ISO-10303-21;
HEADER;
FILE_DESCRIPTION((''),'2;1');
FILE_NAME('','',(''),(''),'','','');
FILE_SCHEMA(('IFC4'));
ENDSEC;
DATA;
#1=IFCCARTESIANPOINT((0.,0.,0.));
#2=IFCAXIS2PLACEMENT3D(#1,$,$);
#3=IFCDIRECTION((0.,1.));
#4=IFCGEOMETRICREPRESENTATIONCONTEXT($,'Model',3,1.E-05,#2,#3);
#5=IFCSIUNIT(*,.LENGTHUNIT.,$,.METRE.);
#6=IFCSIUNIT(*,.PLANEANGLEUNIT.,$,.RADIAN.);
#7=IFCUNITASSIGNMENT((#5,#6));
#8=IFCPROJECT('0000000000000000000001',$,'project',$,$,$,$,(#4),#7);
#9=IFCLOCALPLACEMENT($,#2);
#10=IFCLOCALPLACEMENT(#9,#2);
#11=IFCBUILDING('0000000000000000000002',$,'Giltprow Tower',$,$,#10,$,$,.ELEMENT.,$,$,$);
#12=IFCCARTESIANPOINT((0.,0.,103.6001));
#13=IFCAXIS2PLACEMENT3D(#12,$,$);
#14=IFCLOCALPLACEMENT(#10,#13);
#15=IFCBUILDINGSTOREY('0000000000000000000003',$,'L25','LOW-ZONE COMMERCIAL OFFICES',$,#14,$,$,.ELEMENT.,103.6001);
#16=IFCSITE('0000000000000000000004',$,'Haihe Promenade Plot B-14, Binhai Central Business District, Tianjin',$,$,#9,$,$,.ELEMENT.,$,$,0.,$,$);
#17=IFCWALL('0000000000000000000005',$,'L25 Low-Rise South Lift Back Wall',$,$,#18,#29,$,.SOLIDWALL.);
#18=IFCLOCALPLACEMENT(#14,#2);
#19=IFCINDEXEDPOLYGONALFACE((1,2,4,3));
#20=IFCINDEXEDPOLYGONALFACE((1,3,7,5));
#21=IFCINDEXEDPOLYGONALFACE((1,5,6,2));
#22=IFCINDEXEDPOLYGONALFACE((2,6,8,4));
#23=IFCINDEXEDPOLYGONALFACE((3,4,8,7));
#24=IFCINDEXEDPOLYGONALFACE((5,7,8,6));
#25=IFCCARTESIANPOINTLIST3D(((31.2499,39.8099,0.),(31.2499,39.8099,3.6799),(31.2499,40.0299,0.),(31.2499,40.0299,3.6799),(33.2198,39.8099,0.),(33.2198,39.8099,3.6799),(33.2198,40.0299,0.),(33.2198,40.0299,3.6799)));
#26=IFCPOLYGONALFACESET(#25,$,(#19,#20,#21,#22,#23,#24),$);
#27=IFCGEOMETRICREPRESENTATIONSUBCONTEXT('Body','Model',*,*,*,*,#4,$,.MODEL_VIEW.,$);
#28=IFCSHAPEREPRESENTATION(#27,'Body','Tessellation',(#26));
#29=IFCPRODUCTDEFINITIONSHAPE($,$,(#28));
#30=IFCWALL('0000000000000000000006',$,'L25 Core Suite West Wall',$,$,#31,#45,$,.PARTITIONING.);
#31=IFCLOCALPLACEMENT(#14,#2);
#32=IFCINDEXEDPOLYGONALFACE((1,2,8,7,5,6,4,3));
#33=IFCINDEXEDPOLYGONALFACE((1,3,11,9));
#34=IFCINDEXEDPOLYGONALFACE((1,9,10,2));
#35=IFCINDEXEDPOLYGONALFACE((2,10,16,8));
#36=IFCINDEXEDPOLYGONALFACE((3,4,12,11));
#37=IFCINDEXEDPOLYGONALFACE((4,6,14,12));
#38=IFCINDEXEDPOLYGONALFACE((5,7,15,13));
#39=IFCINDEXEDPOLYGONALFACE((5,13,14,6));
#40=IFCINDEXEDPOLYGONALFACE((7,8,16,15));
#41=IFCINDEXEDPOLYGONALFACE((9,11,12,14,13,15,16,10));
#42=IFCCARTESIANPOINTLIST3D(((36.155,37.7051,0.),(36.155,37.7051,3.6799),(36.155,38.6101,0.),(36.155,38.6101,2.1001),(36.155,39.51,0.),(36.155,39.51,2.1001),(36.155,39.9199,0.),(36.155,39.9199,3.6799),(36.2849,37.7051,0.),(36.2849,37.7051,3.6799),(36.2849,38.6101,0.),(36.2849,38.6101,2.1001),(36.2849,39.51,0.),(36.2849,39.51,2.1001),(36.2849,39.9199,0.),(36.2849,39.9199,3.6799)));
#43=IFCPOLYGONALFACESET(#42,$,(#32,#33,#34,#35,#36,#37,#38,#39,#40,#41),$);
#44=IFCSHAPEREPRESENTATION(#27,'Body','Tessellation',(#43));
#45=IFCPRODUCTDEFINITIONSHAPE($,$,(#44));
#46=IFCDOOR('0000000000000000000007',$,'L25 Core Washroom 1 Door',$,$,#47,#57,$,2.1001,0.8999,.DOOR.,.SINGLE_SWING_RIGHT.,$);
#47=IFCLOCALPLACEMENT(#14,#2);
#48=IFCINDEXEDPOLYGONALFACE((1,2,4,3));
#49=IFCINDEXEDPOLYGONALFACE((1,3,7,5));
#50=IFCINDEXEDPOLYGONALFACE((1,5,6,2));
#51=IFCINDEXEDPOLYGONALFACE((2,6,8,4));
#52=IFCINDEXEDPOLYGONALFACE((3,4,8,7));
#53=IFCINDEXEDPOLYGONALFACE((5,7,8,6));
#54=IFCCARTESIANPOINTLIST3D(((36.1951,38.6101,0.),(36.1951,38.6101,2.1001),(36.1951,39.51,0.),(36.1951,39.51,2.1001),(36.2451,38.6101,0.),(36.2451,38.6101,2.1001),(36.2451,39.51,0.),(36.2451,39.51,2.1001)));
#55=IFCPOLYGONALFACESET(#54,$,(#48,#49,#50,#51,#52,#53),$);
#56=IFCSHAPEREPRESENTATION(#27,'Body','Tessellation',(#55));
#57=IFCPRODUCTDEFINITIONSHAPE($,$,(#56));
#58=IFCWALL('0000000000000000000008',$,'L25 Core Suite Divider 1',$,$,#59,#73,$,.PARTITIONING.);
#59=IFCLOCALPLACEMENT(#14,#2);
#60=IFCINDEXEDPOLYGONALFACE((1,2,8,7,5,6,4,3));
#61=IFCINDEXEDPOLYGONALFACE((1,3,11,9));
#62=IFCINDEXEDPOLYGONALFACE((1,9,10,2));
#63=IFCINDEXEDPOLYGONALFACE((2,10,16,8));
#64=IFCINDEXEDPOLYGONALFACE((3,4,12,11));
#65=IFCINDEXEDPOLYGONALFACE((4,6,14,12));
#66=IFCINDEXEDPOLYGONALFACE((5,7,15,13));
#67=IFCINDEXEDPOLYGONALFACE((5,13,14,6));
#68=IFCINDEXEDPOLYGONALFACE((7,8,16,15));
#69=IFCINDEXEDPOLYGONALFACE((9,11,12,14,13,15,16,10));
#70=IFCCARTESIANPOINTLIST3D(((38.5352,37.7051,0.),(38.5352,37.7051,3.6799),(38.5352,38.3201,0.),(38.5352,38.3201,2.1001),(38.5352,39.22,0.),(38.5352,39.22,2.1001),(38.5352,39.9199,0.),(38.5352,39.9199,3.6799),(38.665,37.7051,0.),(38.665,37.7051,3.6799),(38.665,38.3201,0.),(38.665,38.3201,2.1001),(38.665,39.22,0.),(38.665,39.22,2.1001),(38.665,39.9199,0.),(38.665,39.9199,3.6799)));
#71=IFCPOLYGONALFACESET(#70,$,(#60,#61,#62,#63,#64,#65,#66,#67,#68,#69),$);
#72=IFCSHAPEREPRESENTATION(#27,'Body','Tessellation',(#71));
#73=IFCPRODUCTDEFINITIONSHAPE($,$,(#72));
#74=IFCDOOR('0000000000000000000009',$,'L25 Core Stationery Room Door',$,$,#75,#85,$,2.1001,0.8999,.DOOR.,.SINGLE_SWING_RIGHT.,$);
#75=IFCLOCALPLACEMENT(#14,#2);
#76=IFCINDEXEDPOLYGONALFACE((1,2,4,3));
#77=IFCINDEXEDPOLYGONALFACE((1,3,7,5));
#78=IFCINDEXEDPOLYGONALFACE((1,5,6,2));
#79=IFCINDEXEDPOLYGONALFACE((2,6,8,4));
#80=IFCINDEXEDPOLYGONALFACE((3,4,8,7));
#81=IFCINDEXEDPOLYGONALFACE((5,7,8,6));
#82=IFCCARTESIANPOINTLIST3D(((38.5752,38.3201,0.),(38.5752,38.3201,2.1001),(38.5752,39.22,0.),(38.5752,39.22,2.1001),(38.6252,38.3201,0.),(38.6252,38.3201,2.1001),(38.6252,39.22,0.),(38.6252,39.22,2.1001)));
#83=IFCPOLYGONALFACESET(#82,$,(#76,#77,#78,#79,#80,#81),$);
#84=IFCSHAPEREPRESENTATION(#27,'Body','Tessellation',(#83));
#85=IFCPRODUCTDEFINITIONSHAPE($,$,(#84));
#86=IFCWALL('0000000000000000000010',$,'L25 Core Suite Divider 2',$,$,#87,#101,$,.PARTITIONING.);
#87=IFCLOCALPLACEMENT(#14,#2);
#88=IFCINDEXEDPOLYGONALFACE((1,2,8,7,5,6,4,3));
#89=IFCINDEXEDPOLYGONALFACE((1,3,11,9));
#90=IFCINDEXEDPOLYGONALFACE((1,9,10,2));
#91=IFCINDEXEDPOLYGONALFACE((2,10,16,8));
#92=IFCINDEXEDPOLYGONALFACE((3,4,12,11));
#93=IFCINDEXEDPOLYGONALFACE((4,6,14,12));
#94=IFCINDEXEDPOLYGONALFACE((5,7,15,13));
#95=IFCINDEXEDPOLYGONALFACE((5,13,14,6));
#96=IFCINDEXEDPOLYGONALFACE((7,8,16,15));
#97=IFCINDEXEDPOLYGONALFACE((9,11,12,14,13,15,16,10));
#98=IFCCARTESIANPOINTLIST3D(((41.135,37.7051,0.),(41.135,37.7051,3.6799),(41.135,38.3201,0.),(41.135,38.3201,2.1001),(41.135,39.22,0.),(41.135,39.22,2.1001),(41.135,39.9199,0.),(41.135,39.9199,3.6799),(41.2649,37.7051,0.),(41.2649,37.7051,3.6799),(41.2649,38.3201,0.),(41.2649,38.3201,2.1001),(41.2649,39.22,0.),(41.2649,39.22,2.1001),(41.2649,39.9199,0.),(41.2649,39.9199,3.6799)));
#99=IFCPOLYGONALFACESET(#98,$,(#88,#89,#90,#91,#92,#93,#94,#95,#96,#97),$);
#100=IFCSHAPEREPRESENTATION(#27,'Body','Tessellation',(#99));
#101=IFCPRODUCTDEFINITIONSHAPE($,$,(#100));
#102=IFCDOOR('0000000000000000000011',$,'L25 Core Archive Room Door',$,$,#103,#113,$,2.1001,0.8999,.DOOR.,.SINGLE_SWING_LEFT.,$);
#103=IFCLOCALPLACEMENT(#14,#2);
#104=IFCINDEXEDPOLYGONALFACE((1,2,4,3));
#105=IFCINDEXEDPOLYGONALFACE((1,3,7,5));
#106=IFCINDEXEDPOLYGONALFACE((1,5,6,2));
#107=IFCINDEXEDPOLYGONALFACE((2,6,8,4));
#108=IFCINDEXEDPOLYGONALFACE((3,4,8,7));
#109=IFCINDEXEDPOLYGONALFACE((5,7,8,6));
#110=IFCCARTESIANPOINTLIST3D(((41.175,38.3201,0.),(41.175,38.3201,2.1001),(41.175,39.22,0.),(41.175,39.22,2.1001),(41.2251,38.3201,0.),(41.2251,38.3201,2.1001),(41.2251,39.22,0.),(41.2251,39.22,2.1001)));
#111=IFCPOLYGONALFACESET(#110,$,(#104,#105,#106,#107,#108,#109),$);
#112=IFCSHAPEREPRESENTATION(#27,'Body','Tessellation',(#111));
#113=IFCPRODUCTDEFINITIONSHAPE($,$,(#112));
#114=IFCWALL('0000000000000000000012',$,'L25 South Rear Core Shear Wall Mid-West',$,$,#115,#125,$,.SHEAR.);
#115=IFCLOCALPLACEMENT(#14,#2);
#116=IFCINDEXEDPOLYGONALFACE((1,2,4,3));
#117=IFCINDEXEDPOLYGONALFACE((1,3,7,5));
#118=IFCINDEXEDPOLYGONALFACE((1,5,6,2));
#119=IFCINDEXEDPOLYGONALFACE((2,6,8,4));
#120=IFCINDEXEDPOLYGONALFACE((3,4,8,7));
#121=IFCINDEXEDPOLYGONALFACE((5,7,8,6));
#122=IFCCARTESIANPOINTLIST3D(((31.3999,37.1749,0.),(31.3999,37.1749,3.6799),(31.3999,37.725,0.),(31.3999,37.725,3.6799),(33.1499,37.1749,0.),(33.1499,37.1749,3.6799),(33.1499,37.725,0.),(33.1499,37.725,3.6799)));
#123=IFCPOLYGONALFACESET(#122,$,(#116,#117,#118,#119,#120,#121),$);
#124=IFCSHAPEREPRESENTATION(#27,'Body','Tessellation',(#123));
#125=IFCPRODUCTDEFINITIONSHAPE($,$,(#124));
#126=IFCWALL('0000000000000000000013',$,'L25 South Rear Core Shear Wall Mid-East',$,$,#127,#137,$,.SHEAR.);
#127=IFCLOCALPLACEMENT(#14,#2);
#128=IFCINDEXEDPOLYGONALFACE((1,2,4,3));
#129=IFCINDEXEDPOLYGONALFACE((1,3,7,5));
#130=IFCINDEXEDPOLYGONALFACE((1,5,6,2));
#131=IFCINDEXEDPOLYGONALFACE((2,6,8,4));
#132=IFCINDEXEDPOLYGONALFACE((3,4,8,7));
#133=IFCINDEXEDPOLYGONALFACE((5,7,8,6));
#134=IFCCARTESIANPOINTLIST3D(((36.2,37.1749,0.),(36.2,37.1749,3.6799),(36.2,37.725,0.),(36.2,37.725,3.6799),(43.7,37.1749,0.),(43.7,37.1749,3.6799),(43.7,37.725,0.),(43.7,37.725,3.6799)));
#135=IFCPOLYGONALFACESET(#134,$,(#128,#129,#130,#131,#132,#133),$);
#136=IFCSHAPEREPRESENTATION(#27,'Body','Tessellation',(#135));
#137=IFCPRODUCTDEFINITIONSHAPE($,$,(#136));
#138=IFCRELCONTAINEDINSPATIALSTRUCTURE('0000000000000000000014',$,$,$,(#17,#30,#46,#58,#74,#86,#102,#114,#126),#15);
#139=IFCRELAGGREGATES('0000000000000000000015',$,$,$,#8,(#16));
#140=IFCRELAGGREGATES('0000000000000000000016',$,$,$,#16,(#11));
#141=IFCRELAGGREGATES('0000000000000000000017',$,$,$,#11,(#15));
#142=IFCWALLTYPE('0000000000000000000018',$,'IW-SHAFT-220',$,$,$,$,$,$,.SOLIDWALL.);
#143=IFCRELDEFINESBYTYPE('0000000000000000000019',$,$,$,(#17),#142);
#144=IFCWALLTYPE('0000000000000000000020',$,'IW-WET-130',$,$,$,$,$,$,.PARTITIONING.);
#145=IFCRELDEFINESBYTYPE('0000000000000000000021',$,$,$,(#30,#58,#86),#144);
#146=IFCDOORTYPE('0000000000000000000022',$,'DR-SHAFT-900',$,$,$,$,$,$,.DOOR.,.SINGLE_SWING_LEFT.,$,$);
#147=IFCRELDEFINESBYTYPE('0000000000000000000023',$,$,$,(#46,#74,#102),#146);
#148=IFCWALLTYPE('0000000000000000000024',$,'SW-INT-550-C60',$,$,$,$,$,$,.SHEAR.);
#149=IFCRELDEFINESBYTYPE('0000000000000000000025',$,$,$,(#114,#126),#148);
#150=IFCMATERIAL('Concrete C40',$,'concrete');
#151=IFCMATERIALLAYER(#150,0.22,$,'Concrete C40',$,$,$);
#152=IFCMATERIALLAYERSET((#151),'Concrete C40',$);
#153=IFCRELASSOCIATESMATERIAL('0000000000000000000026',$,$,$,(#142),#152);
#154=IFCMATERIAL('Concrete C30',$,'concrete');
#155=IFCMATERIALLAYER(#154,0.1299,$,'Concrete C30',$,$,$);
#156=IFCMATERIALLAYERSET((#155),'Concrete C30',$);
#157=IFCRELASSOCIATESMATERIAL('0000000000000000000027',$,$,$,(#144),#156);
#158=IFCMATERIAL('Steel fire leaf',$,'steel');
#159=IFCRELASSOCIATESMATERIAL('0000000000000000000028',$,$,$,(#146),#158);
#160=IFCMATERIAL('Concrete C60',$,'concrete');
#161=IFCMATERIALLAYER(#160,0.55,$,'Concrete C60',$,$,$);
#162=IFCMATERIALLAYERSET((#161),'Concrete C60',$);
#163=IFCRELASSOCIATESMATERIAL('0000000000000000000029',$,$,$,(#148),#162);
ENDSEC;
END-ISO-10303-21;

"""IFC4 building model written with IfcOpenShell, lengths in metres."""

from ifc_helpers import new_model, si_unit, direction, frame, frame_2d, origin, place, context, subcontext, project, spatial, rectangle, extrude, source, transform, mapped, material, layer, layer_set, type_object, element, fill, save


model = new_model("IFC4")

# Units and contexts
model_context = context("Model", 3, precision=1e-05, world=origin(), true_north=direction((0.0, 1.0)))
body_context = subcontext(model_context, "Body", "Model", "MODEL_VIEW")
ifc_project = project(units=[si_unit("LENGTHUNIT", "METRE"), si_unit("PLANEANGLEUNIT", "RADIAN")], contexts=[model_context])

# Site, building, storey
site_placement = place(None, origin())
site = spatial("IfcSite", under=ifc_project, at=site_placement, Name="Haihe Promenade Plot B-14, Binhai Central Business District, Tianjin", CompositionType="ELEMENT", RefElevation=0.0)
building_placement = place(site_placement, origin())
building = spatial("IfcBuilding", under=site, at=building_placement, Name="Giltprow Tower", CompositionType="ELEMENT")
storey_placement = place(building_placement, frame((0.0, 0.0, 103.6001)))
storey = spatial("IfcBuildingStorey", under=building, at=storey_placement, Name="L25", Description="LOW-ZONE COMMERCIAL OFFICES", CompositionType="ELEMENT", Elevation=103.6001)

# Shared definitions
ifc_material_1 = material(Name="Concrete C60", Category="concrete")

# Wall
ifc_material_2 = material(Name="Concrete C40", Category="concrete")
ifc_layer_1 = layer(ifc_material_2, 0.22, Name="Concrete C40")
ifc_layer_set_1 = layer_set([ifc_layer_1], Name="Concrete C40")
wall_type_1 = type_object("IfcWallType", Name="IW-SHAFT-220", PredefinedType="SOLIDWALL", material=ifc_layer_set_1)
wall_1_placement = place(storey_placement, frame((31.25, 39.9199, 0.0), z_axis=(0.0, 0.0, 1.0), x_axis=(1.0, 0.0, 0.0)))
element("IfcWall", 1, at=wall_1_placement, inside=storey, type_object=wall_type_1, Name="L25 Low-Rise South Lift Back Wall", PredefinedType="SOLIDWALL", context=body_context, shape_type="SweptSolid", body=[
    extrude(rectangle(XDim=1.97, YDim=0.22, at=frame_2d((0.9849, 0.0))), origin(), (0.0, 0.0, 1.0), 3.6799),
])

# Walls, openings, doors
ifc_material_3 = material(Name="Concrete C30", Category="concrete")
ifc_layer_2 = layer(ifc_material_3, 0.1299, Name="Concrete C30")
ifc_layer_set_2 = layer_set([ifc_layer_2], Name="Concrete C30")
wall_type_2 = type_object("IfcWallType", Name="IW-WET-130", PredefinedType="PARTITIONING", material=ifc_layer_set_2)
wall_2_placement = place(storey_placement, frame((36.22, 37.7051, 0.0), z_axis=(0.0, 0.0, 1.0), x_axis=(0.0, 1.0, 0.0)))
wall_2 = element("IfcWall", 2, at=wall_2_placement, inside=storey, type_object=wall_type_2, Name="L25 Core Suite West Wall", PredefinedType="PARTITIONING", context=body_context, shape_type="SweptSolid", body=[
    extrude(rectangle(XDim=2.2148, YDim=0.1299, at=frame_2d((1.1074, 0.0))), origin(), (0.0, 0.0, 1.0), 3.6799),
])
opening_1_placement = place(wall_2_placement, frame((0.905, 0.0, 0.0)))
opening_1 = element("IfcOpeningElement", 3, at=opening_1_placement, cuts=wall_2, PredefinedType="OPENING", context=body_context, shape_type="SweptSolid", body=[
    extrude(rectangle(XDim=0.8999, YDim=2.1001, at=frame_2d((0.45, 1.05))), frame((0.0, 0.075, 0.0), z_axis=(0.0, -1.0, 0.0), x_axis=(1.0, 0.0, 0.0)), (0.0, 0.0, 1.0), 0.1499),
])
ifc_material_4 = material(Name="Steel fire leaf", Category="steel")
door_type_1 = type_object("IfcDoorType", Name="DR-SHAFT-900", OperationType="SINGLE_SWING_LEFT", PredefinedType="DOOR", material=ifc_material_4)
shared_shape_1 = source(origin(), body_context, "Body", "SweptSolid", [
    extrude(rectangle(XDim=0.8999, YDim=2.1001, at=frame_2d((0.45, 1.05))), frame((0.0, 0.0249, 0.0), z_axis=(0.0, -1.0, 0.0), x_axis=(1.0, 0.0, 0.0)), (0.0, 0.0, 1.0), 0.05),
])
door_1_placement = place(opening_1_placement, origin())
door_1 = element("IfcDoor", 4, at=door_1_placement, inside=storey, type_object=door_type_1, Name="L25 Core Washroom 1 Door", OperationType="SINGLE_SWING_RIGHT", OverallHeight=2.1001, OverallWidth=0.8999, PredefinedType="DOOR", context=body_context, shape_type="MappedRepresentation", body=[
    mapped(shared_shape_1, transform((0.0, 0.0, 0.0), x_axis=(1.0, 0.0, 0.0), y_axis=(0.0, 1.0, 0.0), z_axis=(0.0, 0.0, 1.0), scale=1.0)),
])
fill(opening_1, door_1)
wall_3_placement = place(storey_placement, frame((38.6001, 37.7051, 0.0), z_axis=(0.0, 0.0, 1.0), x_axis=(0.0, 1.0, 0.0)))
wall_3 = element("IfcWall", 5, at=wall_3_placement, inside=storey, type_object=wall_type_2, Name="L25 Core Suite Divider 1", PredefinedType="PARTITIONING", context=body_context, shape_type="SweptSolid", body=[
    extrude(rectangle(XDim=2.2148, YDim=0.1299, at=frame_2d((1.1074, 0.0))), origin(), (0.0, 0.0, 1.0), 3.6799),
])
opening_2_placement = place(wall_3_placement, frame((0.615, 0.0, 0.0)))
opening_2 = element("IfcOpeningElement", 6, at=opening_2_placement, cuts=wall_3, PredefinedType="OPENING", context=body_context, shape_type="SweptSolid", body=[
    extrude(rectangle(XDim=0.8999, YDim=2.1001, at=frame_2d((0.45, 1.05))), frame((0.0, 0.075, 0.0), z_axis=(0.0, -1.0, 0.0), x_axis=(1.0, 0.0, 0.0)), (0.0, 0.0, 1.0), 0.1499),
])
door_2_placement = place(opening_2_placement, origin())
door_2 = element("IfcDoor", 7, at=door_2_placement, inside=storey, type_object=door_type_1, Name="L25 Core Stationery Room Door", OperationType="SINGLE_SWING_RIGHT", OverallHeight=2.1001, OverallWidth=0.8999, PredefinedType="DOOR", context=body_context, shape_type="MappedRepresentation", body=[
    mapped(shared_shape_1, transform((0.0, 0.0, 0.0), x_axis=(1.0, 0.0, 0.0), y_axis=(0.0, 1.0, 0.0), z_axis=(0.0, 0.0, 1.0), scale=1.0)),
])
fill(opening_2, door_2)
wall_4_placement = place(storey_placement, frame((41.2, 37.7051, 0.0), z_axis=(0.0, 0.0, 1.0), x_axis=(0.0, 1.0, 0.0)))
wall_4 = element("IfcWall", 8, at=wall_4_placement, inside=storey, type_object=wall_type_2, Name="L25 Core Suite Divider 2", PredefinedType="PARTITIONING", context=body_context, shape_type="SweptSolid", body=[
    extrude(rectangle(XDim=2.2148, YDim=0.1299, at=frame_2d((1.1074, 0.0))), origin(), (0.0, 0.0, 1.0), 3.6799),
])
opening_3_placement = place(wall_4_placement, frame((0.615, 0.0, 0.0)))
opening_3 = element("IfcOpeningElement", 9, at=opening_3_placement, cuts=wall_4, PredefinedType="OPENING", context=body_context, shape_type="SweptSolid", body=[
    extrude(rectangle(XDim=0.8999, YDim=2.1001, at=frame_2d((0.45, 1.05))), frame((0.0, 0.075, 0.0), z_axis=(0.0, -1.0, 0.0), x_axis=(1.0, 0.0, 0.0)), (0.0, 0.0, 1.0), 0.1499),
])
door_3_placement = place(opening_3_placement, origin())
door_3 = element("IfcDoor", 10, at=door_3_placement, inside=storey, type_object=door_type_1, Name="L25 Core Archive Room Door", OperationType="SINGLE_SWING_LEFT", OverallHeight=2.1001, OverallWidth=0.8999, PredefinedType="DOOR", context=body_context, shape_type="MappedRepresentation", body=[
    mapped(shared_shape_1, transform((0.0, 0.0, 0.0), x_axis=(1.0, 0.0, 0.0), y_axis=(0.0, 1.0, 0.0), z_axis=(0.0, 0.0, 1.0), scale=1.0)),
])
fill(opening_3, door_3)

# Walls
ifc_layer_3 = layer(ifc_material_1, 0.55, Name="Concrete C60")
ifc_layer_set_3 = layer_set([ifc_layer_3], Name="Concrete C60")
wall_type_3 = type_object("IfcWallType", Name="SW-INT-550-C60", PredefinedType="SHEAR", material=ifc_layer_set_3)
wall_5_placement = place(storey_placement, frame((31.3999, 37.45, 0.0), z_axis=(0.0, 0.0, 1.0), x_axis=(1.0, 0.0, 0.0)))
element("IfcWall", 11, at=wall_5_placement, inside=storey, type_object=wall_type_3, Name="L25 South Rear Core Shear Wall Mid-West", PredefinedType="SHEAR", context=body_context, shape_type="SweptSolid", body=[
    extrude(rectangle(XDim=1.75, YDim=0.55, at=frame_2d((0.875, 0.0))), origin(), (0.0, 0.0, 1.0), 3.6799),
])
wall_6_placement = place(storey_placement, frame((36.2, 37.45, 0.0), z_axis=(0.0, 0.0, 1.0), x_axis=(1.0, 0.0, 0.0)))
element("IfcWall", 12, at=wall_6_placement, inside=storey, type_object=wall_type_3, Name="L25 South Rear Core Shear Wall Mid-East", PredefinedType="SHEAR", context=body_context, shape_type="SweptSolid", body=[
    extrude(rectangle(XDim=7.5, YDim=0.55, at=frame_2d((3.75, 0.0))), origin(), (0.0, 0.0, 1.0), 3.6799),
])

save(model, "model.ifc")
